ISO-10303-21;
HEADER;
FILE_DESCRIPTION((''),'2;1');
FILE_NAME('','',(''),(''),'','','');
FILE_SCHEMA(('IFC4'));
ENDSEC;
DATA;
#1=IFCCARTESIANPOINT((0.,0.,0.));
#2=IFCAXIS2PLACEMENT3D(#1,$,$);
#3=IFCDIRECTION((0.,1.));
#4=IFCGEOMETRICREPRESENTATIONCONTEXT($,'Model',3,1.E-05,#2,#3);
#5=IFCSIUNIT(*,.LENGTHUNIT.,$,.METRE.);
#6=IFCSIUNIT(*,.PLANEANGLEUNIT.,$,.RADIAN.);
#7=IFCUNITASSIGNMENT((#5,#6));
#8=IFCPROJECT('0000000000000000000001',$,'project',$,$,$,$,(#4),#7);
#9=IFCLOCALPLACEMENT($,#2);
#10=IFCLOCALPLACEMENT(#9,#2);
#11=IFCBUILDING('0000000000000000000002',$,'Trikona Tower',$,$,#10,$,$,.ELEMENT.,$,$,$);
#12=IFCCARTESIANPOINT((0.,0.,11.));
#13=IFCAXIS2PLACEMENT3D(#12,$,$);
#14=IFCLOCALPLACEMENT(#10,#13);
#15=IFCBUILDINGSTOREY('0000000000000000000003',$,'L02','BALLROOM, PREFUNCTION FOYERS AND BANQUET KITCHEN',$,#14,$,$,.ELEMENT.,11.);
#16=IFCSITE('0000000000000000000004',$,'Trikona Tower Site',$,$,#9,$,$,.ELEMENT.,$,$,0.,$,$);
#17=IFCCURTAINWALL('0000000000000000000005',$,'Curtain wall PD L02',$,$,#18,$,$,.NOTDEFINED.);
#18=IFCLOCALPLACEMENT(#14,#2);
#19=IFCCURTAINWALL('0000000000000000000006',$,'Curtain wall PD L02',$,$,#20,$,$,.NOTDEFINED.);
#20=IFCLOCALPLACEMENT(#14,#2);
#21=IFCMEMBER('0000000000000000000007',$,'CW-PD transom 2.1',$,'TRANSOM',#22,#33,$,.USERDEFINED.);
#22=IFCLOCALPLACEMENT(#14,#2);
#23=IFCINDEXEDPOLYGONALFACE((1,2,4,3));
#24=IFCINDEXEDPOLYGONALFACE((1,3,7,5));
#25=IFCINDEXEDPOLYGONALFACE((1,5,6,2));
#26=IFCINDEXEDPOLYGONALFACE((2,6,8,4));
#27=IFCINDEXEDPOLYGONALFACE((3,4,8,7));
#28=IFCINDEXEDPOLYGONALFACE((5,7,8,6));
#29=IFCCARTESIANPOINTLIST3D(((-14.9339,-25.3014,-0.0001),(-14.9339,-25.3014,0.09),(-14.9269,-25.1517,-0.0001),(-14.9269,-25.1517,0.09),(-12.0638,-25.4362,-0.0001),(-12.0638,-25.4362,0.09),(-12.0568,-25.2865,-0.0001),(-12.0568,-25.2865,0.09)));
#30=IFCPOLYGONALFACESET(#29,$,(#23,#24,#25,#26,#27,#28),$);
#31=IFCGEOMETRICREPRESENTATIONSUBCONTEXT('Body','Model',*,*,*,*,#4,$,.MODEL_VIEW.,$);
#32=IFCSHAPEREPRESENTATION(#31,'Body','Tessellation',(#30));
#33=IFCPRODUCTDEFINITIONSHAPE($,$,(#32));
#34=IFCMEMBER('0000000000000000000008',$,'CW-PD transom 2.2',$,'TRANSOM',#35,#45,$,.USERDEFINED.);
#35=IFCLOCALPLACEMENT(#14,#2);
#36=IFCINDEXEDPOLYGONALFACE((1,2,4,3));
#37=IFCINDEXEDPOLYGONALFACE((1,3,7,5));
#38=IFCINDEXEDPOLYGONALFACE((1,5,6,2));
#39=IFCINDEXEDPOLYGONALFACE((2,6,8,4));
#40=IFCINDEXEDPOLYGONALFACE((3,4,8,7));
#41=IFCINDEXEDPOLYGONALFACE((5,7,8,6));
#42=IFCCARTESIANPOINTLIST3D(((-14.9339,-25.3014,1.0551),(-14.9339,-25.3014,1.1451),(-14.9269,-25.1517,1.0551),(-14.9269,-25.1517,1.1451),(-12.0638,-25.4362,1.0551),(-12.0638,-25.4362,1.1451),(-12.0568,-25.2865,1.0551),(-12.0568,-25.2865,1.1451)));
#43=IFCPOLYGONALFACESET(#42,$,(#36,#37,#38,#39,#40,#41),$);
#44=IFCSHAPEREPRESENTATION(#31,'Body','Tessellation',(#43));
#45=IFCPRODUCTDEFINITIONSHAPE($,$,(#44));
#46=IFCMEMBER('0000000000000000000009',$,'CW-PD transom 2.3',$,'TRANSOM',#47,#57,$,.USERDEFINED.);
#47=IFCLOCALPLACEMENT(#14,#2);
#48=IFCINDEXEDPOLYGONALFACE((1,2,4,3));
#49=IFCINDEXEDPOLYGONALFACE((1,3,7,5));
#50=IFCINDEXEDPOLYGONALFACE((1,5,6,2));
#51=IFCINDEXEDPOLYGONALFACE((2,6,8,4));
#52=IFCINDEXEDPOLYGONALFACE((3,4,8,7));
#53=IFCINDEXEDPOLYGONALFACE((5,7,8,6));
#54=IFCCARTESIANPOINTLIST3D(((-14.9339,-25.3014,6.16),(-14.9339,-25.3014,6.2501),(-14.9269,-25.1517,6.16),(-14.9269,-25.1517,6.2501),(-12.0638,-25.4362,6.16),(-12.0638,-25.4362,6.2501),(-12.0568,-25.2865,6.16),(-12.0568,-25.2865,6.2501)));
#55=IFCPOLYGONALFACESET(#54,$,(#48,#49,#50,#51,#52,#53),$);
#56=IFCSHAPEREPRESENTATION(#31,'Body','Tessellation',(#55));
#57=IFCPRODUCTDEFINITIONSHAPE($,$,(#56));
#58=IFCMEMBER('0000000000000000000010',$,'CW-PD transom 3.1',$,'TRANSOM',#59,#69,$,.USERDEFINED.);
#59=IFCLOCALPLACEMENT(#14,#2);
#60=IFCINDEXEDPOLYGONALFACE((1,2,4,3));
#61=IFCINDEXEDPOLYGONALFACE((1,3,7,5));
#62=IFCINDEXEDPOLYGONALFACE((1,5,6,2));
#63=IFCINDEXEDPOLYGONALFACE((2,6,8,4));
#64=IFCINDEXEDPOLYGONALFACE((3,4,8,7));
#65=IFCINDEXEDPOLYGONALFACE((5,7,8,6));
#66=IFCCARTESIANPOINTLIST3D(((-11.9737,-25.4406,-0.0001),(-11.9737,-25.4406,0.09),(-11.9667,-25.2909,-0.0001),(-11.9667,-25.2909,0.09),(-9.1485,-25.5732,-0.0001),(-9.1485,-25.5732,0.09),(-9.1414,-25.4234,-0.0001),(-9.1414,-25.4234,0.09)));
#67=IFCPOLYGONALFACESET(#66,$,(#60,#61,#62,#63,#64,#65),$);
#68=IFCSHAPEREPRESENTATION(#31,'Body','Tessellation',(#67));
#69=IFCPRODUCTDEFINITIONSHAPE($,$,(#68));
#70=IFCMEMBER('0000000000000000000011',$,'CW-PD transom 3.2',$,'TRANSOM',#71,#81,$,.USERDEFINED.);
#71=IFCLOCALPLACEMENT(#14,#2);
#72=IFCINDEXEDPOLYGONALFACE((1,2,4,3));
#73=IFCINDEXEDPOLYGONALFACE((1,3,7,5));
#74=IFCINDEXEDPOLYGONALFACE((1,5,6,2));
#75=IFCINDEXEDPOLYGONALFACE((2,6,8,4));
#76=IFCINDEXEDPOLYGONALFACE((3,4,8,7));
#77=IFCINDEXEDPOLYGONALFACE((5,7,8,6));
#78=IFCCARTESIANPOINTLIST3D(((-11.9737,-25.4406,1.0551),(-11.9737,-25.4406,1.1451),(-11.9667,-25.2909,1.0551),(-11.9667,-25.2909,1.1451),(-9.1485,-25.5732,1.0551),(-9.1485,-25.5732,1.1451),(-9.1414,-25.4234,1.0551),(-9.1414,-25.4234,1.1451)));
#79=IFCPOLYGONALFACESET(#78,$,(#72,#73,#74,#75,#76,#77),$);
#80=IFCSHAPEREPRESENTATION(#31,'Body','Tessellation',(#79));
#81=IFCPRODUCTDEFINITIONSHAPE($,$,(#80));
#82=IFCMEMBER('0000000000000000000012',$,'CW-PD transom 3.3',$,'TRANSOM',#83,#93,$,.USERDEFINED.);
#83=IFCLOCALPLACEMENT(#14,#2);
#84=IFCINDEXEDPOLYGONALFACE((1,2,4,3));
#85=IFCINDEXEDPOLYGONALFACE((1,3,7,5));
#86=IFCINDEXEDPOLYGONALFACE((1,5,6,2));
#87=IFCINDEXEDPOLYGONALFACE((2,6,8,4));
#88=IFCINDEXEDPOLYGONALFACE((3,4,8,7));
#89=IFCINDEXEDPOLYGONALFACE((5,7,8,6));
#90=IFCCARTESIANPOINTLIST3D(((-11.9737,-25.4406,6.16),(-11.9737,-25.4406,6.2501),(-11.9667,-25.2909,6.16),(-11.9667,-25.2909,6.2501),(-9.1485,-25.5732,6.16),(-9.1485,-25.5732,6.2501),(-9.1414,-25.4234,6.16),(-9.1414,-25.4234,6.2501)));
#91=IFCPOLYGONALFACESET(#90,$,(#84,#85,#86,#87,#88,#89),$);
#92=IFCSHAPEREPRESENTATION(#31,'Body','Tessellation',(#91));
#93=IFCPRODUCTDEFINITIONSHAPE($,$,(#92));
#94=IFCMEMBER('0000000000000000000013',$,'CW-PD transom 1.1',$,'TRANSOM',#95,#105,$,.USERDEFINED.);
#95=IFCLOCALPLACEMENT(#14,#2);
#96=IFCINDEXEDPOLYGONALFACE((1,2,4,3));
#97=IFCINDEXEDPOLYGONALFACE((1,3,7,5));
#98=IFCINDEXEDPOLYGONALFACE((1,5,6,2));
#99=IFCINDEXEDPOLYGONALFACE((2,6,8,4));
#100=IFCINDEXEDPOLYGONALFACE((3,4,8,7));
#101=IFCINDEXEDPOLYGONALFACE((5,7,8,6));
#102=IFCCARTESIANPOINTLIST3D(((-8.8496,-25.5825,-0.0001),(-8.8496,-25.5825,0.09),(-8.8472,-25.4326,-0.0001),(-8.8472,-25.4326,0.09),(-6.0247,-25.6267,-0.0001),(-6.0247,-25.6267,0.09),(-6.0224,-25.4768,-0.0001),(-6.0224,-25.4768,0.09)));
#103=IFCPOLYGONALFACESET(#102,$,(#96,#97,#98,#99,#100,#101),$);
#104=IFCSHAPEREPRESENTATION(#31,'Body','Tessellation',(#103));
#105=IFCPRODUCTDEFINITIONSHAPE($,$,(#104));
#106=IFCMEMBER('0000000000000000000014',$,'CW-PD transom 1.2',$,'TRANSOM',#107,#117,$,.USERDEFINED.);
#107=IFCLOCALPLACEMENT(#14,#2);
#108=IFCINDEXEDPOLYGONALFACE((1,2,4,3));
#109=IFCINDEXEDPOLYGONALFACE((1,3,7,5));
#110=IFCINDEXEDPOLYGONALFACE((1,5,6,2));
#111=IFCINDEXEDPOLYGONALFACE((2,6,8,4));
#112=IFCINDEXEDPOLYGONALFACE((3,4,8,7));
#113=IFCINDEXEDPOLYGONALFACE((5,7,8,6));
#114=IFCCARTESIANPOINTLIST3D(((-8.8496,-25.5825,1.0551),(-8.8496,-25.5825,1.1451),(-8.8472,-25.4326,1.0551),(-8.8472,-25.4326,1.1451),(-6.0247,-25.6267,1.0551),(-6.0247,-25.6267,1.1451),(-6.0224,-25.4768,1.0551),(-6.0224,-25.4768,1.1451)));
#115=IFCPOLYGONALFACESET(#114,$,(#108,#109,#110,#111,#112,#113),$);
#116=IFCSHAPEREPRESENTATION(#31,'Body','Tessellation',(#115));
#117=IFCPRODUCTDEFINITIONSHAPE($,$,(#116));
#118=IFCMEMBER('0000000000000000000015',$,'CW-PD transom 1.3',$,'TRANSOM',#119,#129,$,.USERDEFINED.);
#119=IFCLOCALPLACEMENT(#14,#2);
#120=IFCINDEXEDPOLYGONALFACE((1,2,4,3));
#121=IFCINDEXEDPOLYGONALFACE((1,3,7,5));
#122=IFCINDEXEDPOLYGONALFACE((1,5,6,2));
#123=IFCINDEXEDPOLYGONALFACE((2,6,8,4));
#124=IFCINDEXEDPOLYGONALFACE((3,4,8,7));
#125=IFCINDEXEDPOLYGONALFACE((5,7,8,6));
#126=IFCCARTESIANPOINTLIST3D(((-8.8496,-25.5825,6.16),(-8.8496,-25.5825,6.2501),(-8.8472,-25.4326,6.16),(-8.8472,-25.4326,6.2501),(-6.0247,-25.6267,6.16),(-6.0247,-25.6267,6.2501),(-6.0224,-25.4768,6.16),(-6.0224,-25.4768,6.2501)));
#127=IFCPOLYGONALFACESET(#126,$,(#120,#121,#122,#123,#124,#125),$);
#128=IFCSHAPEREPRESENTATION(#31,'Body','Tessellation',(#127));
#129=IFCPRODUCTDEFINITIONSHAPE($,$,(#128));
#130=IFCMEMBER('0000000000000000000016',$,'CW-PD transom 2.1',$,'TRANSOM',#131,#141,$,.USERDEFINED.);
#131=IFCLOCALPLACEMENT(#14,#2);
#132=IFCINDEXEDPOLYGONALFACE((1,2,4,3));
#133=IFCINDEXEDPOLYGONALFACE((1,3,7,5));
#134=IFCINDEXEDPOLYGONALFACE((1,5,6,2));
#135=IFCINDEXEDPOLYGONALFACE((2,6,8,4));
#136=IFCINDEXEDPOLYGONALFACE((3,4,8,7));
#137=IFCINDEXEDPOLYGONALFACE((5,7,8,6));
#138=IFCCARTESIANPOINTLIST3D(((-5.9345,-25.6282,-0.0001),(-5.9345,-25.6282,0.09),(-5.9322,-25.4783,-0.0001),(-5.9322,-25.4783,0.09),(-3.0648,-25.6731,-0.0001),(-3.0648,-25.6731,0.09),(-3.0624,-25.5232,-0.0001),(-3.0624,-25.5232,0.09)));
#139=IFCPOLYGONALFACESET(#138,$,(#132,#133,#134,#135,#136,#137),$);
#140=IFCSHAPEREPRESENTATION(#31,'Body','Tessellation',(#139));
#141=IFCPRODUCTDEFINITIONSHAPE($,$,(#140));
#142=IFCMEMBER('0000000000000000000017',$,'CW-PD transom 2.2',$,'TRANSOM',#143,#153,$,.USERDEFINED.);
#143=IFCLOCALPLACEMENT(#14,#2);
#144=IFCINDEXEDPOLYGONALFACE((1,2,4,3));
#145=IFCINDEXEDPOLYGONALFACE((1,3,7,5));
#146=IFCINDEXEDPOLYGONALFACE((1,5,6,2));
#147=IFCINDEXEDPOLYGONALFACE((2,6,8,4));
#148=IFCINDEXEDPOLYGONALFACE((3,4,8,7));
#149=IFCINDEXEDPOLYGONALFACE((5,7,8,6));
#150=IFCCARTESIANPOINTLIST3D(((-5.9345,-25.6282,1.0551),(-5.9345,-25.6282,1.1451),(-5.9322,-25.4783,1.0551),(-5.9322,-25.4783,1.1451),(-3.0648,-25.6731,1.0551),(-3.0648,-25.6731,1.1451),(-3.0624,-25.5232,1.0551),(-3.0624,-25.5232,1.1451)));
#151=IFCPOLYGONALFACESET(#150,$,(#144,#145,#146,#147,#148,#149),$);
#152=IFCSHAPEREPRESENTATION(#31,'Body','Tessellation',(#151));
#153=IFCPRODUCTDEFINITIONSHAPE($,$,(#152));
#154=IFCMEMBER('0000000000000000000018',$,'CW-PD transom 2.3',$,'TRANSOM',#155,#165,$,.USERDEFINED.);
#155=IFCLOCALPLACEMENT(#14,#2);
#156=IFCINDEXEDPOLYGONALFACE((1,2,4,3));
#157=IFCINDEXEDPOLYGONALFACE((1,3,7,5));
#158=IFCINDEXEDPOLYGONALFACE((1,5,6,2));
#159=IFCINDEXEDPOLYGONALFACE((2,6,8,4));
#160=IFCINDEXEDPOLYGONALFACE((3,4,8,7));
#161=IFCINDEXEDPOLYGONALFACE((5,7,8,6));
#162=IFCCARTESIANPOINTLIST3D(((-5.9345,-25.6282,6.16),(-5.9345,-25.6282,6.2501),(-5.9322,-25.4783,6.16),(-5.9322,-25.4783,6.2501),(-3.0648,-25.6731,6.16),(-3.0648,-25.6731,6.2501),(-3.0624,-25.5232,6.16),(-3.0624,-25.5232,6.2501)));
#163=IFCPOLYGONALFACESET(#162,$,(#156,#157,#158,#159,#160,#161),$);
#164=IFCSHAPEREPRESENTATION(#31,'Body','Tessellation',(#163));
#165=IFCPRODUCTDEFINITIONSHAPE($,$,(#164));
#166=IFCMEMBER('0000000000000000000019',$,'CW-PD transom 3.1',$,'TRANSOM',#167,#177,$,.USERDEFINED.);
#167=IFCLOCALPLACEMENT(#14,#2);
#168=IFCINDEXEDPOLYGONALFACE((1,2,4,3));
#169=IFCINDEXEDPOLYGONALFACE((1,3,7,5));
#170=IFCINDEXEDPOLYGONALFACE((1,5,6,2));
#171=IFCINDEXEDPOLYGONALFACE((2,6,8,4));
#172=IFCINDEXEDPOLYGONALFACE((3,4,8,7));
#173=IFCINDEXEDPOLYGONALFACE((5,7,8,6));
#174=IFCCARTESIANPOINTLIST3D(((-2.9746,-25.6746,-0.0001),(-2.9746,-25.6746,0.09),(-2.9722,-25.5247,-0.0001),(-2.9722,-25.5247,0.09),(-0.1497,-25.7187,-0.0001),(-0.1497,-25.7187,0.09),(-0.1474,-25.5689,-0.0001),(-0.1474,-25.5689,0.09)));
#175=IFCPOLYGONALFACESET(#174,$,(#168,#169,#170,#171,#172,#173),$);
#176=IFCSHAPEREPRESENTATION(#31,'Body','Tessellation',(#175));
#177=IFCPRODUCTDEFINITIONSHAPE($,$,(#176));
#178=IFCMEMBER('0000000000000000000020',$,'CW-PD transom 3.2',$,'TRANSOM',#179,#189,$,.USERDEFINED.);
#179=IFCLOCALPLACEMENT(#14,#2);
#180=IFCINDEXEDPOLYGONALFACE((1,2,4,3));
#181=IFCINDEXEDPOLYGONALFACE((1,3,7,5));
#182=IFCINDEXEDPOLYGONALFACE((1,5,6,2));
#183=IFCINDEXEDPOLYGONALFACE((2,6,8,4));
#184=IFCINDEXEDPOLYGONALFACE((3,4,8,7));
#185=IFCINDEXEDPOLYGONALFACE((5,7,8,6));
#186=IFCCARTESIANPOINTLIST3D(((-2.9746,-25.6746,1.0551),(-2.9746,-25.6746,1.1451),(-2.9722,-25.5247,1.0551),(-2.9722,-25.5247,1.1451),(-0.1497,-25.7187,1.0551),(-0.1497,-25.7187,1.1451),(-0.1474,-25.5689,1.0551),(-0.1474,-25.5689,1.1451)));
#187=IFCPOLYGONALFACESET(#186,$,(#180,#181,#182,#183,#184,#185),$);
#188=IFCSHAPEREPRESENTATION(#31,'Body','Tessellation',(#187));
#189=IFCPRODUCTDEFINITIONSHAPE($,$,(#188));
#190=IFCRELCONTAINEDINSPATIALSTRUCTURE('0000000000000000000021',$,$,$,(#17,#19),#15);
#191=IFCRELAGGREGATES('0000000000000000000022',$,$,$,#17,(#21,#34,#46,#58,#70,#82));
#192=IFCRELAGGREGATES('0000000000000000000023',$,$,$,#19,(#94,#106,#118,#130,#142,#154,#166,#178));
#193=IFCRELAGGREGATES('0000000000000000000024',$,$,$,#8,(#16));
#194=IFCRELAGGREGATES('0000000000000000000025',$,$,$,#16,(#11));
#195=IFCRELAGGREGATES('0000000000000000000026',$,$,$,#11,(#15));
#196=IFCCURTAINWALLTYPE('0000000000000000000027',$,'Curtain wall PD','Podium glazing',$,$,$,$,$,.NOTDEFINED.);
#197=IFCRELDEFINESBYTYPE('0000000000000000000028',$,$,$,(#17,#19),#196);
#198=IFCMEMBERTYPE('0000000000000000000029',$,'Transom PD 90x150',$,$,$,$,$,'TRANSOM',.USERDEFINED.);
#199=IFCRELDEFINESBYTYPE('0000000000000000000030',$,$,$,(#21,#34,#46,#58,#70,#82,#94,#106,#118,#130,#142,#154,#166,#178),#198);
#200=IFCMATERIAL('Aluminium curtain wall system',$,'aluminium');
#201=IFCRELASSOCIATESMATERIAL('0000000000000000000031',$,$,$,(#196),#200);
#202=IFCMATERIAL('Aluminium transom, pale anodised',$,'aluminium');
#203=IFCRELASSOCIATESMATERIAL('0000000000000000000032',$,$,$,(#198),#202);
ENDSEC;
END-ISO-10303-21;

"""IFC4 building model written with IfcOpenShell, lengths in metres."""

from ifc_helpers import new_model, si_unit, direction, frame, origin, origin_2d, place, context, subcontext, project, spatial, rectangle, extrude, material, material_profile, profile_set, type_object, element, aggregate, save


model = new_model("IFC4")

# Units and contexts
model_context = context("Model", 3, precision=1e-05, world=origin(), true_north=direction((0.0, 1.0)))
body_context = subcontext(model_context, "Body", "Model", "MODEL_VIEW")
ifc_project = project(units=[si_unit("LENGTHUNIT", "METRE"), si_unit("PLANEANGLEUNIT", "RADIAN")], contexts=[model_context])

# Site, building, storey
site_placement = place(None, origin())
site = spatial("IfcSite", under=ifc_project, at=site_placement, Name="Trikona Tower Site", CompositionType="ELEMENT", RefElevation=0.0)
building_placement = place(site_placement, origin())
building = spatial("IfcBuilding", under=site, at=building_placement, Name="Trikona Tower", CompositionType="ELEMENT")
storey_placement = place(building_placement, frame((0.0, 0.0, 11.0)))
storey = spatial("IfcBuildingStorey", under=building, at=storey_placement, Name="L02", Description="BALLROOM, PREFUNCTION FOYERS AND BANQUET KITCHEN", CompositionType="ELEMENT", Elevation=11.0)

# Curtain walls
ifc_material_1 = material(Name="Aluminium curtain wall system", Category="aluminium")
curtain_wall_type = type_object("IfcCurtainWallType", Name="Curtain wall PD", Description="Podium glazing", PredefinedType="NOTDEFINED", material=ifc_material_1)
curtain_wall_1_placement = place(storey_placement, origin())
curtain_wall_1 = element("IfcCurtainWall", 1, at=curtain_wall_1_placement, inside=storey, type_object=curtain_wall_type, Name="Curtain wall PD L02", PredefinedType="NOTDEFINED")
curtain_wall_2_placement = place(storey_placement, origin())
curtain_wall_2 = element("IfcCurtainWall", 2, at=curtain_wall_2_placement, inside=storey, type_object=curtain_wall_type, Name="Curtain wall PD L02", PredefinedType="NOTDEFINED")

# Members
ifc_material_2 = material(Name="Aluminium transom, pale anodised", Category="aluminium")
ifc_material_profile_1 = material_profile(ifc_material_2, rectangle(XDim=0.1499, YDim=0.0901, at=origin_2d()), Name="TRN-PD")
ifc_profile_set_1 = profile_set([ifc_material_profile_1], Name="Aluminium transom, pale anodised")
member_type_1 = type_object("IfcMemberType", Name="Transom PD 90x150", ElementType="TRANSOM", PredefinedType="USERDEFINED", material=ifc_profile_set_1)
member_1_placement = place(storey_placement, frame((-14.9304, -25.2266, 0.0449), z_axis=(0.998899, -0.046903, 0.0), x_axis=(0.046903, 0.998899, 0.0)))
member_1 = element("IfcMember", 3, at=member_1_placement, type_object=member_type_1, Name="CW-PD transom 2.1", ObjectType="TRANSOM", PredefinedType="USERDEFINED", context=body_context, shape_type="SweptSolid", body=[
    extrude(rectangle(XDim=0.1499, YDim=0.0901, at=origin_2d()), origin(), (0.0, 0.0, 1.0), 2.8733),
])
member_2_placement = place(storey_placement, frame((-14.9304, -25.2266, 1.1001), z_axis=(0.998899, -0.046903, 0.0), x_axis=(0.046903, 0.998899, 0.0)))
member_2 = element("IfcMember", 4, at=member_2_placement, type_object=member_type_1, Name="CW-PD transom 2.2", ObjectType="TRANSOM", PredefinedType="USERDEFINED", context=body_context, shape_type="SweptSolid", body=[
    extrude(rectangle(XDim=0.1499, YDim=0.0901, at=origin_2d()), origin(), (0.0, 0.0, 1.0), 2.8733),
])
member_3_placement = place(storey_placement, frame((-14.9304, -25.2266, 6.2051), z_axis=(0.998899, -0.046903, 0.0), x_axis=(0.046903, 0.998899, 0.0)))
member_3 = element("IfcMember", 5, at=member_3_placement, type_object=member_type_1, Name="CW-PD transom 2.3", ObjectType="TRANSOM", PredefinedType="USERDEFINED", context=body_context, shape_type="SweptSolid", body=[
    extrude(rectangle(XDim=0.1499, YDim=0.0901, at=origin_2d()), origin(), (0.0, 0.0, 1.0), 2.8733),
])
member_4_placement = place(storey_placement, frame((-11.9702, -25.3657, 0.0449), z_axis=(0.998901, -0.046872, 0.0), x_axis=(0.046872, 0.998901, 0.0)))
member_4 = element("IfcMember", 6, at=member_4_placement, type_object=member_type_1, Name="CW-PD transom 3.1", ObjectType="TRANSOM", PredefinedType="USERDEFINED", context=body_context, shape_type="SweptSolid", body=[
    extrude(rectangle(XDim=0.1499, YDim=0.0901, at=origin_2d()), origin(), (0.0, 0.0, 1.0), 2.8284),
])
member_5_placement = place(storey_placement, frame((-11.9702, -25.3657, 1.1001), z_axis=(0.998901, -0.046872, 0.0), x_axis=(0.046872, 0.998901, 0.0)))
member_5 = element("IfcMember", 7, at=member_5_placement, type_object=member_type_1, Name="CW-PD transom 3.2", ObjectType="TRANSOM", PredefinedType="USERDEFINED", context=body_context, shape_type="SweptSolid", body=[
    extrude(rectangle(XDim=0.1499, YDim=0.0901, at=origin_2d()), origin(), (0.0, 0.0, 1.0), 2.8284),
])
member_6_placement = place(storey_placement, frame((-11.9702, -25.3657, 6.2051), z_axis=(0.998901, -0.046872, 0.0), x_axis=(0.046872, 0.998901, 0.0)))
member_6 = element("IfcMember", 8, at=member_6_placement, type_object=member_type_1, Name="CW-PD transom 3.3", ObjectType="TRANSOM", PredefinedType="USERDEFINED", context=body_context, shape_type="SweptSolid", body=[
    extrude(rectangle(XDim=0.1499, YDim=0.0901, at=origin_2d()), origin(), (0.0, 0.0, 1.0), 2.8284),
])
member_7_placement = place(storey_placement, frame((-8.8484, -25.5076, 0.0449), z_axis=(0.999878, -0.015641, 0.0), x_axis=(0.015641, 0.999878, 0.0)))
member_7 = element("IfcMember", 9, at=member_7_placement, type_object=member_type_1, Name="CW-PD transom 1.1", ObjectType="TRANSOM", PredefinedType="USERDEFINED", context=body_context, shape_type="SweptSolid", body=[
    extrude(rectangle(XDim=0.1499, YDim=0.0901, at=origin_2d()), origin(), (0.0, 0.0, 1.0), 2.8252),
])
member_8_placement = place(storey_placement, frame((-8.8484, -25.5076, 1.1001), z_axis=(0.999878, -0.015641, 0.0), x_axis=(0.015641, 0.999878, 0.0)))
member_8 = element("IfcMember", 10, at=member_8_placement, type_object=member_type_1, Name="CW-PD transom 1.2", ObjectType="TRANSOM", PredefinedType="USERDEFINED", context=body_context, shape_type="SweptSolid", body=[
    extrude(rectangle(XDim=0.1499, YDim=0.0901, at=origin_2d()), origin(), (0.0, 0.0, 1.0), 2.8252),
])
member_9_placement = place(storey_placement, frame((-8.8484, -25.5076, 6.2051), z_axis=(0.999878, -0.015641, 0.0), x_axis=(0.015641, 0.999878, 0.0)))
member_9 = element("IfcMember", 11, at=member_9_placement, type_object=member_type_1, Name="CW-PD transom 1.3", ObjectType="TRANSOM", PredefinedType="USERDEFINED", context=body_context, shape_type="SweptSolid", body=[
    extrude(rectangle(XDim=0.1499, YDim=0.0901, at=origin_2d()), origin(), (0.0, 0.0, 1.0), 2.8252),
])
member_10_placement = place(storey_placement, frame((-5.9333, -25.5532, 0.0449), z_axis=(0.999878, -0.015651, 0.0), x_axis=(0.015651, 0.999878, 0.0)))
member_10 = element("IfcMember", 12, at=member_10_placement, type_object=member_type_1, Name="CW-PD transom 2.1", ObjectType="TRANSOM", PredefinedType="USERDEFINED", context=body_context, shape_type="SweptSolid", body=[
    extrude(rectangle(XDim=0.1499, YDim=0.0901, at=origin_2d()), origin(), (0.0, 0.0, 1.0), 2.8701),
])
member_11_placement = place(storey_placement, frame((-5.9333, -25.5532, 1.1001), z_axis=(0.999878, -0.015651, 0.0), x_axis=(0.015651, 0.999878, 0.0)))
member_11 = element("IfcMember", 13, at=member_11_placement, type_object=member_type_1, Name="CW-PD transom 2.2", ObjectType="TRANSOM", PredefinedType="USERDEFINED", context=body_context, shape_type="SweptSolid", body=[
    extrude(rectangle(XDim=0.1499, YDim=0.0901, at=origin_2d()), origin(), (0.0, 0.0, 1.0), 2.8701),
])
member_12_placement = place(storey_placement, frame((-5.9333, -25.5532, 6.2051), z_axis=(0.999878, -0.015651, 0.0), x_axis=(0.015651, 0.999878, 0.0)))
member_12 = element("IfcMember", 14, at=member_12_placement, type_object=member_type_1, Name="CW-PD transom 2.3", ObjectType="TRANSOM", PredefinedType="USERDEFINED", context=body_context, shape_type="SweptSolid", body=[
    extrude(rectangle(XDim=0.1499, YDim=0.0901, at=origin_2d()), origin(), (0.0, 0.0, 1.0), 2.8701),
])
member_13_placement = place(storey_placement, frame((-2.9734, -25.5996, 0.0449), z_axis=(0.999878, -0.015641, 0.0), x_axis=(0.015641, 0.999878, 0.0)))
member_13 = element("IfcMember", 15, at=member_13_placement, type_object=member_type_1, Name="CW-PD transom 3.1", ObjectType="TRANSOM", PredefinedType="USERDEFINED", context=body_context, shape_type="SweptSolid", body=[
    extrude(rectangle(XDim=0.1499, YDim=0.0901, at=origin_2d()), origin(), (0.0, 0.0, 1.0), 2.8252),
])
member_14_placement = place(storey_placement, frame((-2.9734, -25.5996, 1.1001), z_axis=(0.999878, -0.015641, 0.0), x_axis=(0.015641, 0.999878, 0.0)))
member_14 = element("IfcMember", 16, at=member_14_placement, type_object=member_type_1, Name="CW-PD transom 3.2", ObjectType="TRANSOM", PredefinedType="USERDEFINED", context=body_context, shape_type="SweptSolid", body=[
    extrude(rectangle(XDim=0.1499, YDim=0.0901, at=origin_2d()), origin(), (0.0, 0.0, 1.0), 2.8252),
])

aggregate(curtain_wall_1, [member_1, member_2, member_3, member_4, member_5, member_6])
aggregate(curtain_wall_2, [member_7, member_8, member_9, member_10, member_11, member_12, member_13, member_14])

save(model, "model.ifc")
